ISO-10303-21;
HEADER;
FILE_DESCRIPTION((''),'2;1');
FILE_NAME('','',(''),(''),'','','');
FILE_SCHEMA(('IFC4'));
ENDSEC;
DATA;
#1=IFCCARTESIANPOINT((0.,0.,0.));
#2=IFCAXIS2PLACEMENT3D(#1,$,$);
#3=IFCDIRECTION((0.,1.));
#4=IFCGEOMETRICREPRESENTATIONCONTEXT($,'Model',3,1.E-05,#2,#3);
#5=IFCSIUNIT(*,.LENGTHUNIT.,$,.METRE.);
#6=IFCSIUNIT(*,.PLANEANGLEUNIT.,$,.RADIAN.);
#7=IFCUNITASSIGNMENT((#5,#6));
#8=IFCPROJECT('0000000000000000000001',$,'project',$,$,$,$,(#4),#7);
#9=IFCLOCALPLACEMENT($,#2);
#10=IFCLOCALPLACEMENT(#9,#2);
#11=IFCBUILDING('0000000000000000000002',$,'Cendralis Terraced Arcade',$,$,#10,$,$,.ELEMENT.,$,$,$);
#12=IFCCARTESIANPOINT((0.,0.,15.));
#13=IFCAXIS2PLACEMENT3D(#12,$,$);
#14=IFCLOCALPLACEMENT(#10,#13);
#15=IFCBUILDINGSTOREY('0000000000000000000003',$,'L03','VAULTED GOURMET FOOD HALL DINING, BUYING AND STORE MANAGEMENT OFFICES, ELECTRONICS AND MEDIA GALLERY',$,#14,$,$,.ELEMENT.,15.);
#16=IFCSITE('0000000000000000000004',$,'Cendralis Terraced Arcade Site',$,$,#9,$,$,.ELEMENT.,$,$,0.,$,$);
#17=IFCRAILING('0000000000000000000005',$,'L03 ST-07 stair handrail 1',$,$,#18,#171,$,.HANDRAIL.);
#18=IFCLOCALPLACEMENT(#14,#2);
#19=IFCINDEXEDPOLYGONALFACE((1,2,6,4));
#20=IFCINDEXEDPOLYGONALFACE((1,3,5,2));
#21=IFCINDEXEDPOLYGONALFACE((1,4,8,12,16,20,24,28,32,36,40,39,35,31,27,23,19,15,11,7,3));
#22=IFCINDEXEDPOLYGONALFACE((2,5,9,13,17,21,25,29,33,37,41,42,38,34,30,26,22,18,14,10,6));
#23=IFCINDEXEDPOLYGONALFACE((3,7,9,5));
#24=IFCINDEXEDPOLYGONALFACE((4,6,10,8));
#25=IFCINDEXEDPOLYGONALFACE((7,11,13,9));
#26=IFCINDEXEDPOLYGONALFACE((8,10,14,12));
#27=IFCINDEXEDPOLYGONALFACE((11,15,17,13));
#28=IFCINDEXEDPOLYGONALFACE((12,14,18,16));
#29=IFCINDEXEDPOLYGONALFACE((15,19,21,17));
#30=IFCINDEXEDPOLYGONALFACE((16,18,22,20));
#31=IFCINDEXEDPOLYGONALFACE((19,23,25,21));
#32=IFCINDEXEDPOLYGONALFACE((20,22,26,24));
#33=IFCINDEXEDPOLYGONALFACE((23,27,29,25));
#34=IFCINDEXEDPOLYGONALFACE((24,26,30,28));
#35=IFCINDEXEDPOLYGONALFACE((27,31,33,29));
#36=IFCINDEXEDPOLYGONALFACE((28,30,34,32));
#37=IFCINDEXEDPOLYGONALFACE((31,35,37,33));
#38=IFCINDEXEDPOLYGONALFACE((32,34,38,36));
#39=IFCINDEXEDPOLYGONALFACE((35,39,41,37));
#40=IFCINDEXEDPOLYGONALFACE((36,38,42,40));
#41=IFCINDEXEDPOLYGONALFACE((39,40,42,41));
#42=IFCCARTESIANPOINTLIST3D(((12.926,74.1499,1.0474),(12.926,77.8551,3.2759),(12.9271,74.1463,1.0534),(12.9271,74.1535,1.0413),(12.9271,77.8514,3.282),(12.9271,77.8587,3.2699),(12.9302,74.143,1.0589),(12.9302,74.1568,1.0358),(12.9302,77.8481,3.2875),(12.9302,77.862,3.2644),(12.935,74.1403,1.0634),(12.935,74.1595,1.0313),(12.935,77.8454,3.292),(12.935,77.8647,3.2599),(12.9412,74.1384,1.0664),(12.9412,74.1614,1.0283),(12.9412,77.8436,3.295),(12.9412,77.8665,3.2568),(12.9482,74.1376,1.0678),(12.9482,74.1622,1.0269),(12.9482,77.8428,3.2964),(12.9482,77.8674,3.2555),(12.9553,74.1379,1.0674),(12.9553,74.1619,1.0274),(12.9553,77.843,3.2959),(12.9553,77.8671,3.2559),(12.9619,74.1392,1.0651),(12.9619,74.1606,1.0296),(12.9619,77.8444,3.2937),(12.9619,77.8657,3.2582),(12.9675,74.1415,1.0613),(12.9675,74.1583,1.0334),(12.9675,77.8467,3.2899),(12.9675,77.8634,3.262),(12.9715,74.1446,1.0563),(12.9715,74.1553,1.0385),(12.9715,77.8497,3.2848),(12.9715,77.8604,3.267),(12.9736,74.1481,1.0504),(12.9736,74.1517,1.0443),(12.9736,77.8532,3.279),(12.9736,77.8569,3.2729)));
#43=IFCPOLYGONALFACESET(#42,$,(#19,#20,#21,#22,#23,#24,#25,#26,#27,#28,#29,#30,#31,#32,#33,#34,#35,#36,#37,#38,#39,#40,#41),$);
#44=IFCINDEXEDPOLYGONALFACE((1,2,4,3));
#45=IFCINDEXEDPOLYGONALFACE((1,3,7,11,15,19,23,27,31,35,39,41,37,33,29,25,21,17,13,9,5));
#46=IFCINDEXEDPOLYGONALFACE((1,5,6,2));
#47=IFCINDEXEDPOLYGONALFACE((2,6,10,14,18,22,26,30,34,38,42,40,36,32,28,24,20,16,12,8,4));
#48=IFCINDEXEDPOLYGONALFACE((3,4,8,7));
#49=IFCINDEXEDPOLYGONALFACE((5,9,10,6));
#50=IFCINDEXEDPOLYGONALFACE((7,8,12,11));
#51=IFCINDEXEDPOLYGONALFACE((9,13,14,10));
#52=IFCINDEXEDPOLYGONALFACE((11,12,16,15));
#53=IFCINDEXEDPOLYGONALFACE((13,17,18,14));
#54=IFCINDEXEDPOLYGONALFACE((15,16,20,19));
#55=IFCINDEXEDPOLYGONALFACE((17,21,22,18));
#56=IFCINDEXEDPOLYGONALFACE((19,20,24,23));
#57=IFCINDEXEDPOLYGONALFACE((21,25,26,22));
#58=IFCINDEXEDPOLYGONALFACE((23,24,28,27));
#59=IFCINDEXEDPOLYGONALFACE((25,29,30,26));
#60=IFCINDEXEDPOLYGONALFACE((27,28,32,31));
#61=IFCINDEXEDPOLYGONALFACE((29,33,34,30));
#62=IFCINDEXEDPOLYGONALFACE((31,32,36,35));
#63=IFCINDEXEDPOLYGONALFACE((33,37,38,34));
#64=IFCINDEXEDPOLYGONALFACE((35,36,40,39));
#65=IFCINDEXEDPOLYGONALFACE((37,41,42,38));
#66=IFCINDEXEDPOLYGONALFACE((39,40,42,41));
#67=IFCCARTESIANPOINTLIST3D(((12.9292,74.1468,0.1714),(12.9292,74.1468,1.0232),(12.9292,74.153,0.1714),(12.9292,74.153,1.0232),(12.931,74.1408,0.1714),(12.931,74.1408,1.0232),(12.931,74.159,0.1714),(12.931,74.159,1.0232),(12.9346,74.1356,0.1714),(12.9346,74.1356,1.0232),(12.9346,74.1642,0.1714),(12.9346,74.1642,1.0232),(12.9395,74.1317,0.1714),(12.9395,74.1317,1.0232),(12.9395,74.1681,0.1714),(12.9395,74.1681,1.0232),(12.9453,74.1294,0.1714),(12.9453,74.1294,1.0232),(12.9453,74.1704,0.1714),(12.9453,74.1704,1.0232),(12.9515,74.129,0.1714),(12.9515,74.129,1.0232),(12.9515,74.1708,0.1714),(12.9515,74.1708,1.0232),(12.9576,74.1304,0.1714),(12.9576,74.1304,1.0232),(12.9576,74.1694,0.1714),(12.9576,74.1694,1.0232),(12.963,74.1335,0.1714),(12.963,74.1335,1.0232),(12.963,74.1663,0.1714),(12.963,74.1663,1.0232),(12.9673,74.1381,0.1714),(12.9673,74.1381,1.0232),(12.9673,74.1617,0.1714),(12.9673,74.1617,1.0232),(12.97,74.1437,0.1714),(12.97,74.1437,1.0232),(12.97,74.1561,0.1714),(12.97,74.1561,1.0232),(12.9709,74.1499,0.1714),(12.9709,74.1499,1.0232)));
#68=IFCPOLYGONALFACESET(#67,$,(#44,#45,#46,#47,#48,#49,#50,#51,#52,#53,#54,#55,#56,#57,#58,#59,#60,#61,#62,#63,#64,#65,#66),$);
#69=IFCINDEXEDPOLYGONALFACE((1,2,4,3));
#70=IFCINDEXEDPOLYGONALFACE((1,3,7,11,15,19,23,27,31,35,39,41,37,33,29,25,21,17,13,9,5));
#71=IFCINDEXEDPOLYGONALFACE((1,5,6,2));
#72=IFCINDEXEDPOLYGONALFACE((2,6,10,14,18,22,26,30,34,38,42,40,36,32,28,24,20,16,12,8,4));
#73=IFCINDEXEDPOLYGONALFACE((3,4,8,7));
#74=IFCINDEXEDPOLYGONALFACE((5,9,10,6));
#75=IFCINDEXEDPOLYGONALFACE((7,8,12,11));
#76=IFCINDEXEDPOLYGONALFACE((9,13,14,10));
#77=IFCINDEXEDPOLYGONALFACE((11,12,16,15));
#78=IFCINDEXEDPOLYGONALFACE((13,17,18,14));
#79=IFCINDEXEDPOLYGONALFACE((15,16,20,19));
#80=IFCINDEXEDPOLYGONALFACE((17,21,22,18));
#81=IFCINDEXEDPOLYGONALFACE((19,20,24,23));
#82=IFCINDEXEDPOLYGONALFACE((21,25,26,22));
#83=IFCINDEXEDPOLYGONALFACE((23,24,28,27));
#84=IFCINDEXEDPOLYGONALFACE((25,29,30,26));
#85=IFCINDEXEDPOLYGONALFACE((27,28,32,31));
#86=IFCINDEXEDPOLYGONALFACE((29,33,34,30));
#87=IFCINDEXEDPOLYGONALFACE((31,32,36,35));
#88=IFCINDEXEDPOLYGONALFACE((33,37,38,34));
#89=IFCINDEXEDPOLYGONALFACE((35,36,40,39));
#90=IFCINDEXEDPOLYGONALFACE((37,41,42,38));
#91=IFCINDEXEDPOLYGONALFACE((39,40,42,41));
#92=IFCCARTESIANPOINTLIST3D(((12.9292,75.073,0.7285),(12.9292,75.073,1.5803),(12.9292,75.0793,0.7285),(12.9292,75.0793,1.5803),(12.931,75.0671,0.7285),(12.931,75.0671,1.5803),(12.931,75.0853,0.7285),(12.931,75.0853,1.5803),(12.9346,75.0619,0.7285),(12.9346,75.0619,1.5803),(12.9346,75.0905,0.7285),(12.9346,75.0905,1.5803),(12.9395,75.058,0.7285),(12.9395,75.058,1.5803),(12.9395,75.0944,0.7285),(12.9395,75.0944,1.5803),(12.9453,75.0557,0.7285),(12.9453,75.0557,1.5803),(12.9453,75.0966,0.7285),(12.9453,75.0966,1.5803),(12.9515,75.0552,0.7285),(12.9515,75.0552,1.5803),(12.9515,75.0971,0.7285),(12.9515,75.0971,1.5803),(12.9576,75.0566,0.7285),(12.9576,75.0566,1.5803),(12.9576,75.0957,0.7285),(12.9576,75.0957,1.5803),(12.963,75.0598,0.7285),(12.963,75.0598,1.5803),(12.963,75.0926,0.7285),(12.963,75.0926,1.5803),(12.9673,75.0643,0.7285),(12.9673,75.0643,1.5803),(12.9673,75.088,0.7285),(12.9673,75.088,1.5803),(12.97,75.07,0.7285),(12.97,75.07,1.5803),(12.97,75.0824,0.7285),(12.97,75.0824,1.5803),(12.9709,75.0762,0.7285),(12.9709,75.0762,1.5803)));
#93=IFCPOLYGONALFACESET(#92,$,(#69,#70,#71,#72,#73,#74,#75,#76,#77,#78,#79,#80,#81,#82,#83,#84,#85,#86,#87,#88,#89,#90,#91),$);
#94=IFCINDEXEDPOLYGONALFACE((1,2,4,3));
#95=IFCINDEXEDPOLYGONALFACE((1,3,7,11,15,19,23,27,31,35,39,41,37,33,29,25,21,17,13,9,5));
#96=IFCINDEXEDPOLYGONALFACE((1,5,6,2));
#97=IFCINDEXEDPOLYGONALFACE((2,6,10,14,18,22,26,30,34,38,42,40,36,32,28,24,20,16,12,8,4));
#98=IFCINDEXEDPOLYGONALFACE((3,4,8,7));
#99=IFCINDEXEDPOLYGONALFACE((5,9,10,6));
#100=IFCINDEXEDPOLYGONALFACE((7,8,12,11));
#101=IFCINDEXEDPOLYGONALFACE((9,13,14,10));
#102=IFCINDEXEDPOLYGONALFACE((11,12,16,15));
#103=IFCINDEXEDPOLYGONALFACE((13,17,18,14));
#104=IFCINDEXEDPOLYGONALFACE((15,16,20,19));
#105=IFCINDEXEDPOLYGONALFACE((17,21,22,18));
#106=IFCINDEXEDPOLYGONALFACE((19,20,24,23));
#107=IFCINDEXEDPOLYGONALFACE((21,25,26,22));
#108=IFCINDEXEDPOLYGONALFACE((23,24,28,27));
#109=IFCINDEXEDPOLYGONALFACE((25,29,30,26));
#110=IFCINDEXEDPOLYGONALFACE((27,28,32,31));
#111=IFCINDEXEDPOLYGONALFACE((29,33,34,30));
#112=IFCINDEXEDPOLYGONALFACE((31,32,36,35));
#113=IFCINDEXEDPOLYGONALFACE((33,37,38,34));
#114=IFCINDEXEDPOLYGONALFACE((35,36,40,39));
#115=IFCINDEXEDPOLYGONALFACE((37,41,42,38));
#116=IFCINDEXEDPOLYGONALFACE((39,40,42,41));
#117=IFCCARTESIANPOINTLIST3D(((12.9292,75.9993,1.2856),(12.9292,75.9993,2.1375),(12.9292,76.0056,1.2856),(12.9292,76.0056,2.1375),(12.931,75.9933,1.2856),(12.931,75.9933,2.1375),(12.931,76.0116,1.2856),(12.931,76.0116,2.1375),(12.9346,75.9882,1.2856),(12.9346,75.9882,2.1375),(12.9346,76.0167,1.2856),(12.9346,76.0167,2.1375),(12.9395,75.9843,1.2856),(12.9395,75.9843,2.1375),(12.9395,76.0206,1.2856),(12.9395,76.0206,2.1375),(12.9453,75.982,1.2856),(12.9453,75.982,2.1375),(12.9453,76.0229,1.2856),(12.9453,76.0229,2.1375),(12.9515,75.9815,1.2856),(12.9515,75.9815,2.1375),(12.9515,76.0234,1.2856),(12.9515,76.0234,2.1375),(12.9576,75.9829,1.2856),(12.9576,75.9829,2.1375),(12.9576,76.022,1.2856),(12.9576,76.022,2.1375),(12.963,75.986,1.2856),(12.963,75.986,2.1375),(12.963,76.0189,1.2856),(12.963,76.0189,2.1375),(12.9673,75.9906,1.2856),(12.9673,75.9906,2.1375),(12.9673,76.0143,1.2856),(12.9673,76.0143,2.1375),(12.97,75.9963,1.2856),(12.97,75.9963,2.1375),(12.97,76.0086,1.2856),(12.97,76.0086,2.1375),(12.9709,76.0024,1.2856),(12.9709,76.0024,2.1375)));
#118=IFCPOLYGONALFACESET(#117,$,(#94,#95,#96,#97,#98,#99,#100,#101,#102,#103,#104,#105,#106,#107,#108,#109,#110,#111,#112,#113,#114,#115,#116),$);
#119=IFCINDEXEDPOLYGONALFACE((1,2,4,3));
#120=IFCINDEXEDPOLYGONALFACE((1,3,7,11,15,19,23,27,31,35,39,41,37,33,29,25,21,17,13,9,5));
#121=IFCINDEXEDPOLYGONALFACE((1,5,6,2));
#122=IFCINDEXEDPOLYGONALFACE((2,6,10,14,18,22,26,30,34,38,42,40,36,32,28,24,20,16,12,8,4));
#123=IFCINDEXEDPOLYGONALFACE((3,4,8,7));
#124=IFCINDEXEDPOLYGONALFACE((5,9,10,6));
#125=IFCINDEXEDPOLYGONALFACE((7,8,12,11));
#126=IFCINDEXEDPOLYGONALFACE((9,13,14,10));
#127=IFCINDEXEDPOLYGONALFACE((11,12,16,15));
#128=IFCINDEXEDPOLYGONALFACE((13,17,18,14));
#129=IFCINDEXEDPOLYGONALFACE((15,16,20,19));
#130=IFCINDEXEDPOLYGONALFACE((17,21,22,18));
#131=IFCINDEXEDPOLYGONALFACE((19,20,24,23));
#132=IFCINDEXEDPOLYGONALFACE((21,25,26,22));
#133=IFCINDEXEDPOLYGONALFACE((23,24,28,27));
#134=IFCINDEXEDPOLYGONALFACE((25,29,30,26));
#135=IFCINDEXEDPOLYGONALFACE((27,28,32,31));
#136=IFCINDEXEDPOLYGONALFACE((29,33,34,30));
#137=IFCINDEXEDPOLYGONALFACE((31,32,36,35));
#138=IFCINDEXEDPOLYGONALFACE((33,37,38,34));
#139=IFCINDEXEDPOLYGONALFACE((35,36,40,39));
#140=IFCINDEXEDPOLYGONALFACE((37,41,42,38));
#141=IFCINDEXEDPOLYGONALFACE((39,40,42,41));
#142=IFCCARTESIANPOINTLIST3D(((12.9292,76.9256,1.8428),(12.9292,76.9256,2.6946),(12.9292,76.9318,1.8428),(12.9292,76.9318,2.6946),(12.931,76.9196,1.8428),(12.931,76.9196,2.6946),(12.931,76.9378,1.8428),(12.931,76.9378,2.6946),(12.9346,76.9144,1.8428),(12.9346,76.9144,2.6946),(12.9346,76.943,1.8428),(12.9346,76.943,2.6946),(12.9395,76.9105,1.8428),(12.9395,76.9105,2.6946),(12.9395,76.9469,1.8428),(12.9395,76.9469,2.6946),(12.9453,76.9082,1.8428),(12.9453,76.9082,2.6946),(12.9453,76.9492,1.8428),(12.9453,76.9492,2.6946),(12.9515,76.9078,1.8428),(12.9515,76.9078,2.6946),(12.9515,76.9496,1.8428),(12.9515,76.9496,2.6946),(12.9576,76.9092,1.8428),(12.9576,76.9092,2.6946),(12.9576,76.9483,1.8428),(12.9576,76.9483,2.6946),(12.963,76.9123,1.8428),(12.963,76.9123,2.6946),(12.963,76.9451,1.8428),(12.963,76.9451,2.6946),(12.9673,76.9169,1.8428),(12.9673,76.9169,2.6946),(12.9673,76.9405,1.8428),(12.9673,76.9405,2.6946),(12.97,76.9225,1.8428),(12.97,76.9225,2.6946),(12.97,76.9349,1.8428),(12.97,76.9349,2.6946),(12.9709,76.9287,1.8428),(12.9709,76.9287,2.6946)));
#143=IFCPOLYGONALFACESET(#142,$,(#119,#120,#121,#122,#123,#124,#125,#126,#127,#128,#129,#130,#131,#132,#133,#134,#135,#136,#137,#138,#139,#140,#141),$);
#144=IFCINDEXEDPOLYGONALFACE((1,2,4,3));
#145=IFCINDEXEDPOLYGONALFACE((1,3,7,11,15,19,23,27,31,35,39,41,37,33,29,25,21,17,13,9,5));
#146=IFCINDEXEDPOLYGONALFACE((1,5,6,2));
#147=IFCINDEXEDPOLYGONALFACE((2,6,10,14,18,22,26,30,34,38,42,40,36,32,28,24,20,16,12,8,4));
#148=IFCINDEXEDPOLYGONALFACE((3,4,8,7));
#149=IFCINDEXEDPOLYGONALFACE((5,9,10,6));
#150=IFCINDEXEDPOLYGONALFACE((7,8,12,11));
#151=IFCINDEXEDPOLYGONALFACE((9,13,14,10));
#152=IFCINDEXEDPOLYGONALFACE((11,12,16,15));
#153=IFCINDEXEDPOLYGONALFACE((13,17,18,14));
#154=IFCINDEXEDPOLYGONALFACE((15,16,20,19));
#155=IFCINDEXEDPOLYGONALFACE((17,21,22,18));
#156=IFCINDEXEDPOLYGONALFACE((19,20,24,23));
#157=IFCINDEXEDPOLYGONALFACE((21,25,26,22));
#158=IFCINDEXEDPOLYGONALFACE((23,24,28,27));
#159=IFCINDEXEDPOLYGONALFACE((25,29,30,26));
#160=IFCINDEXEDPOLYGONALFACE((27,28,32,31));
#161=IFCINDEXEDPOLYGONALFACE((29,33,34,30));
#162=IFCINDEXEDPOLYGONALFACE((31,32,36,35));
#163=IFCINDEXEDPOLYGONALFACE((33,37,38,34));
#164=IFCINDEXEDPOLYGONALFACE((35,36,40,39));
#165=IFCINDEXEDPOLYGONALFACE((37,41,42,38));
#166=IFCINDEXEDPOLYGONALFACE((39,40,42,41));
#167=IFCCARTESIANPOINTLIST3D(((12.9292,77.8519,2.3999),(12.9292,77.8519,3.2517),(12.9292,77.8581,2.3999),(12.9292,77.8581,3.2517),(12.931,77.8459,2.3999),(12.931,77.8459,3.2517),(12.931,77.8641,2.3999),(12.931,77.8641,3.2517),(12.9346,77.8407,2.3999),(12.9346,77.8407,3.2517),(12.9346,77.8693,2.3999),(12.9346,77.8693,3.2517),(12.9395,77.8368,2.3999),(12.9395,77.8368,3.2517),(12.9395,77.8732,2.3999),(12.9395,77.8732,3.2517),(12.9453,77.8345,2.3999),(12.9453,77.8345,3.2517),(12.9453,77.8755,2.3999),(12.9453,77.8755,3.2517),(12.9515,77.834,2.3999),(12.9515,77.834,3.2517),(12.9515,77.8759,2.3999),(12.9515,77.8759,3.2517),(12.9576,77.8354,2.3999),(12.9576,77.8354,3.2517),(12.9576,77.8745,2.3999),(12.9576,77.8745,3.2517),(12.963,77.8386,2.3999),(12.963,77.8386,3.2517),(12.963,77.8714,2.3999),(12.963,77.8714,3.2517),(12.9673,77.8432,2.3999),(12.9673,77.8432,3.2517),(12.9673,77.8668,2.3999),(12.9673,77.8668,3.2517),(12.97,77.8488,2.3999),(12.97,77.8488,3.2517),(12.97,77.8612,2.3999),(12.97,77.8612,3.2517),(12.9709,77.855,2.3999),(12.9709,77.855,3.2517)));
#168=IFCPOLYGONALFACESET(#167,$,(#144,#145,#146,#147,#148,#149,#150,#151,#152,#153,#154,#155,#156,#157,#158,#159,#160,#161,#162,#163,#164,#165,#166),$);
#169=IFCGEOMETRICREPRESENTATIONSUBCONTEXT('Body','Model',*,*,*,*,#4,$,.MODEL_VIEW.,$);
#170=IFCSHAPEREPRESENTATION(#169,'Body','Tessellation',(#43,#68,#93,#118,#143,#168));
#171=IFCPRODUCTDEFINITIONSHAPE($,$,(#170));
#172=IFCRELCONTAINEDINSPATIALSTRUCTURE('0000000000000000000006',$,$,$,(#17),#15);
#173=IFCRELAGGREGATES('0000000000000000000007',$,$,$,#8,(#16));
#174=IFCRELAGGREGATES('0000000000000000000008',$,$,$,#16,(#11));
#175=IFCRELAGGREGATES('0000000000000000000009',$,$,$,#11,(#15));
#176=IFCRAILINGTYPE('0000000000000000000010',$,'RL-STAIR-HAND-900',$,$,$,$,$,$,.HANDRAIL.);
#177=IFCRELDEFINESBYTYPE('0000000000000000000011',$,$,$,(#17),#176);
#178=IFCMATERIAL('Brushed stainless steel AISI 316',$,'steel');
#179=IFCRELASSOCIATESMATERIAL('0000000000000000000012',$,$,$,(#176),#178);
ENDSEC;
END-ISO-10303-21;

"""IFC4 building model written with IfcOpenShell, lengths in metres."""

from ifc_helpers import new_model, si_unit, direction, frame, origin, origin_2d, place, context, subcontext, project, spatial, circle, extrude, material, type_object, element, save


model = new_model("IFC4")

# Units and contexts
model_context = context("Model", 3, precision=1e-05, world=origin(), true_north=direction((0.0, 1.0)))
body_context = subcontext(model_context, "Body", "Model", "MODEL_VIEW")
ifc_project = project(units=[si_unit("LENGTHUNIT", "METRE"), si_unit("PLANEANGLEUNIT", "RADIAN")], contexts=[model_context])

# Site, building, storey
site_placement = place(None, origin())
site = spatial("IfcSite", under=ifc_project, at=site_placement, Name="Cendralis Terraced Arcade Site", CompositionType="ELEMENT", RefElevation=0.0)
building_placement = place(site_placement, origin())
building = spatial("IfcBuilding", under=site, at=building_placement, Name="Cendralis Terraced Arcade", CompositionType="ELEMENT")
storey_placement = place(building_placement, frame((0.0, 0.0, 15.0)))
storey = spatial("IfcBuildingStorey", under=building, at=storey_placement, Name="L03", Description="VAULTED GOURMET FOOD HALL DINING, BUYING AND STORE MANAGEMENT OFFICES, ELECTRONICS AND MEDIA GALLERY", CompositionType="ELEMENT", Elevation=15.0)

# Railing
ifc_material_1 = material(Name="Brushed stainless steel AISI 316", Category="steel")
railing_type_1 = type_object("IfcRailingType", Name="RL-STAIR-HAND-900", PredefinedType="HANDRAIL", material=ifc_material_1)
railing_1_placement = place(storey_placement, frame((12.95, 74.1499, 0.1714)))
element("IfcRailing", 1, at=railing_1_placement, inside=storey, type_object=railing_type_1, Name="L03 ST-07 stair handrail 1", PredefinedType="HANDRAIL", context=body_context, shape_type="SweptSolid", body=[
    extrude(circle(Radius=0.0239, at=origin_2d()), frame((0.0, 0.0, 0.876), z_axis=(0.0, 0.856934, 0.515425), x_axis=(-1.0, 0.0, 0.0)), (0.0, 0.0, 1.0), 4.3237),
    extrude(circle(Radius=0.021, at=origin_2d()), origin(), (0.0, 0.0, 1.0), 0.8518),
    extrude(circle(Radius=0.021, at=origin_2d()), frame((0.0, 0.9263, 0.5571)), (0.0, 0.0, 1.0), 0.8518),
    extrude(circle(Radius=0.021, at=origin_2d()), frame((0.0, 1.8525, 1.1143)), (0.0, 0.0, 1.0), 0.8518),
    extrude(circle(Radius=0.021, at=origin_2d()), frame((0.0, 2.7788, 1.6714)), (0.0, 0.0, 1.0), 0.8518),
    extrude(circle(Radius=0.021, at=origin_2d()), frame((0.0, 3.7051, 2.2285)), (0.0, 0.0, 1.0), 0.8518),
])

save(model, "model.ifc")
